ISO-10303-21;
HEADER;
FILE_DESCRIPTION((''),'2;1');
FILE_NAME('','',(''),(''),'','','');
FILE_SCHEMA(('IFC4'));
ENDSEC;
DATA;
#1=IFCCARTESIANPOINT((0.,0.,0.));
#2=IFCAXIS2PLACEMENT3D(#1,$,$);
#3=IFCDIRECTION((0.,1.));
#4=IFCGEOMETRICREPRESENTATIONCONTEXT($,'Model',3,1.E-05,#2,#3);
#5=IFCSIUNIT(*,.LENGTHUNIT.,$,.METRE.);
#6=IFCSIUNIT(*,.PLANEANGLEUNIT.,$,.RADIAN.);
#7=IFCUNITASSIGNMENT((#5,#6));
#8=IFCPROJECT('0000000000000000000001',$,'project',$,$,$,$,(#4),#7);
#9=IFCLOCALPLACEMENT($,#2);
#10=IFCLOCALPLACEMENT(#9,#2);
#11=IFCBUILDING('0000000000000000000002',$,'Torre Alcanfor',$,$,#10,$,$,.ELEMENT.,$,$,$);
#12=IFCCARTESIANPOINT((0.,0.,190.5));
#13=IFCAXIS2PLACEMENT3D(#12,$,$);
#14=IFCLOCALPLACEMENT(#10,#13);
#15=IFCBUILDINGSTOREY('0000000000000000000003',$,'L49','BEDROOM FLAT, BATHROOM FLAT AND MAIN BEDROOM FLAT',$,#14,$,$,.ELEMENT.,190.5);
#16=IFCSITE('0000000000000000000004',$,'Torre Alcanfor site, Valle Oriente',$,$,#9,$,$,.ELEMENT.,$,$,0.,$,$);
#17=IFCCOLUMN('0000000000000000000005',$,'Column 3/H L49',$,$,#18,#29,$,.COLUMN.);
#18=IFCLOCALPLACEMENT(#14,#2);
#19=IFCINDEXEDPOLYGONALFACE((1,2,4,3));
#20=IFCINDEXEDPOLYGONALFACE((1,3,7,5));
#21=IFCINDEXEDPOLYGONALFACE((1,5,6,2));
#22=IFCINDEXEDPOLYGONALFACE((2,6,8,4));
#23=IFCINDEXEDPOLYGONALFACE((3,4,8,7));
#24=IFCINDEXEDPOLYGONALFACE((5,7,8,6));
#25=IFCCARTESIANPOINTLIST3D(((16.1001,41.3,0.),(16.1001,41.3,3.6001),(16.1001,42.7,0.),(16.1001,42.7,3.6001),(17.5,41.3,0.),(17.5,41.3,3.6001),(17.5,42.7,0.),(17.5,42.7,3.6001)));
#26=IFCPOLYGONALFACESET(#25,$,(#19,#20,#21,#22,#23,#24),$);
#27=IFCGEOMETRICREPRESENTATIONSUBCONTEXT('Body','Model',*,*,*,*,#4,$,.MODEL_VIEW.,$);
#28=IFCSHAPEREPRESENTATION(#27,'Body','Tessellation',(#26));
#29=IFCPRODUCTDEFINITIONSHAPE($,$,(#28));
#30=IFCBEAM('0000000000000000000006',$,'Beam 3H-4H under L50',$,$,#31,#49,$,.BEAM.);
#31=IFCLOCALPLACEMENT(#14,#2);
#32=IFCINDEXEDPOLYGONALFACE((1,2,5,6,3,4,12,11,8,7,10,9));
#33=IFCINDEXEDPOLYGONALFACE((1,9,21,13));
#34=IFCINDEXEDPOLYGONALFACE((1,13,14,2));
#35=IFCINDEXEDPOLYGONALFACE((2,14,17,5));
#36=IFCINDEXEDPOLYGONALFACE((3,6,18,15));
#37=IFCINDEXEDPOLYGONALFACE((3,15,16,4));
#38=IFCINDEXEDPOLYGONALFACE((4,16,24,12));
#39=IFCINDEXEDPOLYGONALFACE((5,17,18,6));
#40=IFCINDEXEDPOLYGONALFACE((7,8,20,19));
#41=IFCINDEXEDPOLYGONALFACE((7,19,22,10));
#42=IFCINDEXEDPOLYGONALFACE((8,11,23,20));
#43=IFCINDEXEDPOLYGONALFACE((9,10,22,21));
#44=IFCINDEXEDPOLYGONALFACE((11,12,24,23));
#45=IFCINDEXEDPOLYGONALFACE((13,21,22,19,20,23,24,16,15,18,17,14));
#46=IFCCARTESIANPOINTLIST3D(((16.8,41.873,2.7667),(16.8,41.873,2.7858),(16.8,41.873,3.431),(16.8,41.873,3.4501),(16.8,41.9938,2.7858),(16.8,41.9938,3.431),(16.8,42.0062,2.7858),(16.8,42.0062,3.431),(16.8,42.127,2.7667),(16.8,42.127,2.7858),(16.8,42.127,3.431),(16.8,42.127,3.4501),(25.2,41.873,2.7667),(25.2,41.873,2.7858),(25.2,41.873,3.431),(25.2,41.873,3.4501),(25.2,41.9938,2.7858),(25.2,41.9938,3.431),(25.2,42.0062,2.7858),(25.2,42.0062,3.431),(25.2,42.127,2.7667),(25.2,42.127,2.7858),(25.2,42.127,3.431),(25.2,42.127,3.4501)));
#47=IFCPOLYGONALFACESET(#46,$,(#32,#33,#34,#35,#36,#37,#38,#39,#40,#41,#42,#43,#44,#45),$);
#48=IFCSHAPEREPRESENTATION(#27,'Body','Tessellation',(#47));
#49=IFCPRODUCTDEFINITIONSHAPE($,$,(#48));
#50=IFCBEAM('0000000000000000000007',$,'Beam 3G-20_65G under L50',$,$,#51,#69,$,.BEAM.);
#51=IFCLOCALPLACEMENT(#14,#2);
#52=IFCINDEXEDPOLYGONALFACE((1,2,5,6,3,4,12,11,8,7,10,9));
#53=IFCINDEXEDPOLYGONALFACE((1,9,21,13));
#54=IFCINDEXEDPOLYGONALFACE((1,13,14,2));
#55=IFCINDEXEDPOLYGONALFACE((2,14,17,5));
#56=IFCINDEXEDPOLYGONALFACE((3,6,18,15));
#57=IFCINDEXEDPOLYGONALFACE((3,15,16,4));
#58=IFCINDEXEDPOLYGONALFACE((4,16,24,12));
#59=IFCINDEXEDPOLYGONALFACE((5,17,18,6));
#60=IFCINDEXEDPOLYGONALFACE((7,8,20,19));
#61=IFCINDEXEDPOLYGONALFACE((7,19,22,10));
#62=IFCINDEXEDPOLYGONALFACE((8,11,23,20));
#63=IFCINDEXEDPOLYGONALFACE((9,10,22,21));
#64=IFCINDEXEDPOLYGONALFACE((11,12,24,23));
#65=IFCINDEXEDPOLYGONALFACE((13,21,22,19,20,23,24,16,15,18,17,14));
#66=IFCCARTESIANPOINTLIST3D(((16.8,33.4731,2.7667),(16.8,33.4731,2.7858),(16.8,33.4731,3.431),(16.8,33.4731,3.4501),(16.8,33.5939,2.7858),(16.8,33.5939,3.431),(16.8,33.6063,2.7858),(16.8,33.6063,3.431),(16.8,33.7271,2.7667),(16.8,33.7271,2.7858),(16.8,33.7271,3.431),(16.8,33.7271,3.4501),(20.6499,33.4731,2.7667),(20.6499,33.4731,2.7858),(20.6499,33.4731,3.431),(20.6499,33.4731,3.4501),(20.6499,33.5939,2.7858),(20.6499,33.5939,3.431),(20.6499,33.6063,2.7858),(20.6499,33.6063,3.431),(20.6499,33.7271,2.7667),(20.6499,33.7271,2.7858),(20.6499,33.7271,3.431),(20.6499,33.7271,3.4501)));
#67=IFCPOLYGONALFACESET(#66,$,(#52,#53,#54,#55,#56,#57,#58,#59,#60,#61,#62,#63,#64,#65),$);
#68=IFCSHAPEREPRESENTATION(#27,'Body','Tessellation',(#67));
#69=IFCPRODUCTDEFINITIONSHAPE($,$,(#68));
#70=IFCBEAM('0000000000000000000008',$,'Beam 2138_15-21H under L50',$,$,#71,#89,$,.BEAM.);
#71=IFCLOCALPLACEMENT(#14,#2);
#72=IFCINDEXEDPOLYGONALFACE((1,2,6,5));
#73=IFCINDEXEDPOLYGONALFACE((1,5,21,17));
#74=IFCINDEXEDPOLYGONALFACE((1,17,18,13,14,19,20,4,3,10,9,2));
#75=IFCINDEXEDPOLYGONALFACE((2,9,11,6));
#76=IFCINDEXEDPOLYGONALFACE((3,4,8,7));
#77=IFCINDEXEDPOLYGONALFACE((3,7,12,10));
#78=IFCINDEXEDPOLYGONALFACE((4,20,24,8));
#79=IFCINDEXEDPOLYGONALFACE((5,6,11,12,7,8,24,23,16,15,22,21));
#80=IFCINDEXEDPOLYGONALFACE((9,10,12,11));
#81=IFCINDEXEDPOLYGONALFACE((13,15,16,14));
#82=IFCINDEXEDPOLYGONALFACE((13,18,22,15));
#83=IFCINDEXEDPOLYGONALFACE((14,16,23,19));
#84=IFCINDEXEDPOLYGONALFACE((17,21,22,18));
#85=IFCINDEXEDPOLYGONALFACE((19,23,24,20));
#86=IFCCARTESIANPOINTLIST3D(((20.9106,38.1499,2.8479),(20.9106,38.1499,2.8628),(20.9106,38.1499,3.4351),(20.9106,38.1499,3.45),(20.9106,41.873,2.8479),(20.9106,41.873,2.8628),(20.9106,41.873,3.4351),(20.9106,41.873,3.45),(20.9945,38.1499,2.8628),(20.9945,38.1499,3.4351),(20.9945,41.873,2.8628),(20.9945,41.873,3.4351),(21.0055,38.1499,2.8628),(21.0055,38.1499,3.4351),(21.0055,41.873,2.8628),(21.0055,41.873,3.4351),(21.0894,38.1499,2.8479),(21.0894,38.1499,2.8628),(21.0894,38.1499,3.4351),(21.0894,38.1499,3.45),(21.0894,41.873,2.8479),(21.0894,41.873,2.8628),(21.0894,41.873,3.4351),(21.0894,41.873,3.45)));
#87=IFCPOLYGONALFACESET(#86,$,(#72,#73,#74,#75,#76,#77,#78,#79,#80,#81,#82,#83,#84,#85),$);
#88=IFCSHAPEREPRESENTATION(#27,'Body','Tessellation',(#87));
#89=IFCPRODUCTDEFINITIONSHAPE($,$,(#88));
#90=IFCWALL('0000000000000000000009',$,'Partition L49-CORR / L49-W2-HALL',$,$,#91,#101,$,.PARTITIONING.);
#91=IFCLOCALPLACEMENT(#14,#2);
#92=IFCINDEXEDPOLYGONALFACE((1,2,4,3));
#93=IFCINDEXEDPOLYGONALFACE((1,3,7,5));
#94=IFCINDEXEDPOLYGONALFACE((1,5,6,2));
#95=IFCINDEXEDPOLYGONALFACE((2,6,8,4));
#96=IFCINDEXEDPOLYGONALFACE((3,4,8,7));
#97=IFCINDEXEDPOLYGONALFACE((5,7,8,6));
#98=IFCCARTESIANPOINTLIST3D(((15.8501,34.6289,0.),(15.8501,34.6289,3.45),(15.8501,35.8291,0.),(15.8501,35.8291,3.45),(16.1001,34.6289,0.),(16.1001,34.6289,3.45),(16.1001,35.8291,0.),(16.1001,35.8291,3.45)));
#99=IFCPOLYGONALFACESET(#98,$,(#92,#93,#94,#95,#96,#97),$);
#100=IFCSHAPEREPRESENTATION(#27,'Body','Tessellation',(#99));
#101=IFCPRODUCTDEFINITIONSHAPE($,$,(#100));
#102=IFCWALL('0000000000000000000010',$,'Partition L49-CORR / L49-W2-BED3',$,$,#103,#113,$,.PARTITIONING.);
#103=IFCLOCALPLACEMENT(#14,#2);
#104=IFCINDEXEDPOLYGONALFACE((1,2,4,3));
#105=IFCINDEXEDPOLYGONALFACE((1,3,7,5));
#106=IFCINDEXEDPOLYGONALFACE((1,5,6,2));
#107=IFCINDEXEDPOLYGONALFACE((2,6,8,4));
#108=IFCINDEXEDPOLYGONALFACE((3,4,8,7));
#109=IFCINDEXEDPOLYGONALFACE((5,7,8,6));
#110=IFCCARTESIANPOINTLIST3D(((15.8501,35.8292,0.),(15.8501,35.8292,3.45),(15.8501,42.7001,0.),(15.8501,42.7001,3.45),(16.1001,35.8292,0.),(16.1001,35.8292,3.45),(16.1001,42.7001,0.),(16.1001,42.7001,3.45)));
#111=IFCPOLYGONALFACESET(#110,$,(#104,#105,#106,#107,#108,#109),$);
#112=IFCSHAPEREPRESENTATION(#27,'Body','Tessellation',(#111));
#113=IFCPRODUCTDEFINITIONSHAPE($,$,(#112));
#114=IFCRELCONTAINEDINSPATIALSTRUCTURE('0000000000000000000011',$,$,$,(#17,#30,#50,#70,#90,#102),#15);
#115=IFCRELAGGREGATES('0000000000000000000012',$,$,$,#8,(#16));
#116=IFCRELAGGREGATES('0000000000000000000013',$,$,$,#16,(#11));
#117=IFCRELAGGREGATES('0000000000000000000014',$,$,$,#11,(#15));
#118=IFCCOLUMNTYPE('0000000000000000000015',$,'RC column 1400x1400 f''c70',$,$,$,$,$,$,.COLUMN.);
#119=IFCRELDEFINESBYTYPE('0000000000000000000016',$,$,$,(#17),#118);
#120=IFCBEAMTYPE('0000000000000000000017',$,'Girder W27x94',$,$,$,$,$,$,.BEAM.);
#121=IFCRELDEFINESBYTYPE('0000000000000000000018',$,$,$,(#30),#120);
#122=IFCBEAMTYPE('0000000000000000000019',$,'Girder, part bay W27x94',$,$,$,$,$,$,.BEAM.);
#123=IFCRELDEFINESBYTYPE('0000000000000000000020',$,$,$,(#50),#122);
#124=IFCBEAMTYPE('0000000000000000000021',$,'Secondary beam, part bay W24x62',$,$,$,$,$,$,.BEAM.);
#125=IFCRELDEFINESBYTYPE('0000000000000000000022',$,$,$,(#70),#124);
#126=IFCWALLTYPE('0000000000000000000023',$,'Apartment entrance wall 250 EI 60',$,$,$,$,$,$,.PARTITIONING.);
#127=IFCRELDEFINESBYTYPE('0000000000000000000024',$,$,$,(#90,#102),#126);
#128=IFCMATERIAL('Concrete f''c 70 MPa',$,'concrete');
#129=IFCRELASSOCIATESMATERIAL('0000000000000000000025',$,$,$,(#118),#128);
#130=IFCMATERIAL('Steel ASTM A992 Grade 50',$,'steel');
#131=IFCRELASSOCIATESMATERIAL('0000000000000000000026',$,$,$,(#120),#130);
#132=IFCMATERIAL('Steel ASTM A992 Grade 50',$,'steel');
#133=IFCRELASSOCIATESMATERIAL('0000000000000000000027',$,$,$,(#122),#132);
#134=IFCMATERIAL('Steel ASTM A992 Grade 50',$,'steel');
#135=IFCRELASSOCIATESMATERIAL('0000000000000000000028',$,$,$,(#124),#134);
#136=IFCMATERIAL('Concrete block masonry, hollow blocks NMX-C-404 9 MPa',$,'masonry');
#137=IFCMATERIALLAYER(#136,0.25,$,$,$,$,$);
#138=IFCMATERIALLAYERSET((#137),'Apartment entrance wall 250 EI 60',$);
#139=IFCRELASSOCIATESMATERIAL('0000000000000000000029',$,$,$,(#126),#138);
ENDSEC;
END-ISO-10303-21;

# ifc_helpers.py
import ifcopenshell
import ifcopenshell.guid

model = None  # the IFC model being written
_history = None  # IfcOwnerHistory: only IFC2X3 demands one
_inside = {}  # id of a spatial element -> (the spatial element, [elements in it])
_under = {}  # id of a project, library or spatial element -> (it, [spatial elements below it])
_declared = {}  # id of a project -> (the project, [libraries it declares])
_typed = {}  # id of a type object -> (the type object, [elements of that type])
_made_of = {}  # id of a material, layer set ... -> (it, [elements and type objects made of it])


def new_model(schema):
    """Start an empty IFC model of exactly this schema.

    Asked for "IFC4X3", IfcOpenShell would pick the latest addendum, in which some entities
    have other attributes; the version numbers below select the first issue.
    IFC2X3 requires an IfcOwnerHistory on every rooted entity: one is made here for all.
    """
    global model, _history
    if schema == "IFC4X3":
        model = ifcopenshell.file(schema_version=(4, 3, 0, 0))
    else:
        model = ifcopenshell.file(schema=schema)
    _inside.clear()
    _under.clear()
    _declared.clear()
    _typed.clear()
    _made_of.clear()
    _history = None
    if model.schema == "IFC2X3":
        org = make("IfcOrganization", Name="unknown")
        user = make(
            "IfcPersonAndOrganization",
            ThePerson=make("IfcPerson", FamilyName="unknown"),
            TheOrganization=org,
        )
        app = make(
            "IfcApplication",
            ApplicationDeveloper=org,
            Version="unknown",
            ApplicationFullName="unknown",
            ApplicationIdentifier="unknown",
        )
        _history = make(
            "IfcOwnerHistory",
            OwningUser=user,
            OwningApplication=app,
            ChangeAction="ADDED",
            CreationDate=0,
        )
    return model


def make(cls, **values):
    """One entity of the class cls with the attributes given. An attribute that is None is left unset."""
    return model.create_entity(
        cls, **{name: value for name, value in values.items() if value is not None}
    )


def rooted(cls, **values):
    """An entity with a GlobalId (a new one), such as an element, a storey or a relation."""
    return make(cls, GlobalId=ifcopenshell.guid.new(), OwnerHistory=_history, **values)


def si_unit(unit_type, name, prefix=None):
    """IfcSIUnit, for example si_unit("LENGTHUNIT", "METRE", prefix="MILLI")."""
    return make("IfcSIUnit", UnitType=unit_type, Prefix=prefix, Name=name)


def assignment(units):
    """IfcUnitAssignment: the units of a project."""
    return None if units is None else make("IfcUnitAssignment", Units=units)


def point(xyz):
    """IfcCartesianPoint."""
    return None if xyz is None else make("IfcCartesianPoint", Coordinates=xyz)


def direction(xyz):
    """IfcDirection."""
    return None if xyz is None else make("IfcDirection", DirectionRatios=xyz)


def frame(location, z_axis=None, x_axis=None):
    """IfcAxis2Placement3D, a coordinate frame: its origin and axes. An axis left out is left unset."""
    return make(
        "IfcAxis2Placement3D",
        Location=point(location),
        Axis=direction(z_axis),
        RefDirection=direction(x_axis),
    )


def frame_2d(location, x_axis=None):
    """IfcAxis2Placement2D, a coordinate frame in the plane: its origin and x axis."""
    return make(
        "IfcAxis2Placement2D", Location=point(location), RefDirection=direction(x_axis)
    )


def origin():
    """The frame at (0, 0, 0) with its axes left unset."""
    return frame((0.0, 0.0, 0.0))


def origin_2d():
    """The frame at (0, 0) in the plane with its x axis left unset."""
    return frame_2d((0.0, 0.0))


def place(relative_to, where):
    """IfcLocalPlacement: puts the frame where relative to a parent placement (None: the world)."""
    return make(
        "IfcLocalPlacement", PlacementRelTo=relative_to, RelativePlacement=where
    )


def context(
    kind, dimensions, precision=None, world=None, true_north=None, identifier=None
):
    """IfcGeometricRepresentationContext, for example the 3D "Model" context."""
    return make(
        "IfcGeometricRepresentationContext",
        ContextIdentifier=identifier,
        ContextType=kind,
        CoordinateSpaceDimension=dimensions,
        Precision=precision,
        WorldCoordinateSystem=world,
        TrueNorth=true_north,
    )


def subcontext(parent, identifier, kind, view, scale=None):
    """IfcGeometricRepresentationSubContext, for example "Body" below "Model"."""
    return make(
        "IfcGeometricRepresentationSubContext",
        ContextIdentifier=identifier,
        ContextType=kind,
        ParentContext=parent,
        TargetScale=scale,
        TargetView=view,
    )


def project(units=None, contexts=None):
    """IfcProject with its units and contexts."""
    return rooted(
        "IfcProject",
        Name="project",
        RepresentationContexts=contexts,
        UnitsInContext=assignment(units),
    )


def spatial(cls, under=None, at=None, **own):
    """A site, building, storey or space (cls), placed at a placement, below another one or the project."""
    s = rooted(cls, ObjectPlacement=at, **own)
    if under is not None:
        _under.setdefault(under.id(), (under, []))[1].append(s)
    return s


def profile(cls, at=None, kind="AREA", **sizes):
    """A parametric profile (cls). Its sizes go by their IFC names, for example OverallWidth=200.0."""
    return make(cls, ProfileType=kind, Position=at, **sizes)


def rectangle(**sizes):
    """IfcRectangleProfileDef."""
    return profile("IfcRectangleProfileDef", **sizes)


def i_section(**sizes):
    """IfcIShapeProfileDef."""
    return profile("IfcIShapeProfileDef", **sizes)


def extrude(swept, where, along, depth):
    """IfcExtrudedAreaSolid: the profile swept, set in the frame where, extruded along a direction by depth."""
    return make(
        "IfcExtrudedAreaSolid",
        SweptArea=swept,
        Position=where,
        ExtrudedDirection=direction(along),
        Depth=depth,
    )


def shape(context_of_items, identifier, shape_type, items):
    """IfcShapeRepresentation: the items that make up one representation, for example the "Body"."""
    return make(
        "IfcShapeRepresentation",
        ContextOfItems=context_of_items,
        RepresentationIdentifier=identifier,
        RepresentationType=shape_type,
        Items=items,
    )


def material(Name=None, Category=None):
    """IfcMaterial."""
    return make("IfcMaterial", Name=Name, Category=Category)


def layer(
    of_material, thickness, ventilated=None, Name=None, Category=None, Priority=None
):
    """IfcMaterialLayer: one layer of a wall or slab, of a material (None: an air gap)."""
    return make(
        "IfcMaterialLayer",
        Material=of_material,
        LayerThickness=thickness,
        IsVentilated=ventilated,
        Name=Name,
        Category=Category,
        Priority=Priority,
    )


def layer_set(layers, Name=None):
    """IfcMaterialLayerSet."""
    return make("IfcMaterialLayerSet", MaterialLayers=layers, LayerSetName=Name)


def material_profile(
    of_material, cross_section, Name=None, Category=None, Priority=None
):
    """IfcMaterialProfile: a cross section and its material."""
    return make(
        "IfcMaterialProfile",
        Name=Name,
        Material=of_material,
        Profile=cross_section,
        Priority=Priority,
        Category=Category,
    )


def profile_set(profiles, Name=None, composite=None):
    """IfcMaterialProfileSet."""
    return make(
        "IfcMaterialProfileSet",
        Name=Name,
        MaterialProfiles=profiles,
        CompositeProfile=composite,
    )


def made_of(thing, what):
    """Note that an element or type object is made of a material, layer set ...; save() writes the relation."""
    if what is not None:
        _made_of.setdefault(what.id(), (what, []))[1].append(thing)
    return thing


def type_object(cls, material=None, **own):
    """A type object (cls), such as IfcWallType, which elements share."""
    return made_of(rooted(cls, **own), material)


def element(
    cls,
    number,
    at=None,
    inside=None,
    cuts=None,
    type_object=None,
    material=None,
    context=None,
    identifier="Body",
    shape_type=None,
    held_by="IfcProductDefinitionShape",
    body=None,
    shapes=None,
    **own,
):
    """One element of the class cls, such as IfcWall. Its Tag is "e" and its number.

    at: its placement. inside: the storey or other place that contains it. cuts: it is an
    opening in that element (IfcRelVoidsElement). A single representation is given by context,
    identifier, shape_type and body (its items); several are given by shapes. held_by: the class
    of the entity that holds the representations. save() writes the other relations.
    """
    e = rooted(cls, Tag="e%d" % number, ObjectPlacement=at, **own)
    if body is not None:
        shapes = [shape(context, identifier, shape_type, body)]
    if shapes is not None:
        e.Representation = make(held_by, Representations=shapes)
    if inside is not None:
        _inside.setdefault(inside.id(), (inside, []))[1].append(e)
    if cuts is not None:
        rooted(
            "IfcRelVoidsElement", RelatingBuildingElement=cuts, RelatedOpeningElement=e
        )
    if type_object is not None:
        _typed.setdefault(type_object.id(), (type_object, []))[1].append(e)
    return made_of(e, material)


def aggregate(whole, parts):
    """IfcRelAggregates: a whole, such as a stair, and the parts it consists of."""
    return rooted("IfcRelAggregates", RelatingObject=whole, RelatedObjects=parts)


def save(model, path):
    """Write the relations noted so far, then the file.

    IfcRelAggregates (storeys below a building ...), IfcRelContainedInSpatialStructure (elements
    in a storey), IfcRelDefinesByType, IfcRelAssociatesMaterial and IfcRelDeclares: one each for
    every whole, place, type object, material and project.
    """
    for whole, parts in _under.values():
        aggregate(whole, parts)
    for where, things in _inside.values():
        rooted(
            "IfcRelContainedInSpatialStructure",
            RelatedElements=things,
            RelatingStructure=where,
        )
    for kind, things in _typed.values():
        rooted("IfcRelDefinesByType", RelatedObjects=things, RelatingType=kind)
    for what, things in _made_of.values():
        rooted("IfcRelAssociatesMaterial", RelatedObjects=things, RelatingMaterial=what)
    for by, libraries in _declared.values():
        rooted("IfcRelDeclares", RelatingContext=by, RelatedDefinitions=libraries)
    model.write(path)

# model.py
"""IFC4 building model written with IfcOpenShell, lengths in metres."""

from ifc_helpers import new_model, si_unit, direction, frame, frame_2d, origin, origin_2d, place, context, subcontext, project, spatial, rectangle, i_section, extrude, material, layer, layer_set, material_profile, profile_set, type_object, element, save


model = new_model("IFC4")

# Units and contexts
model_context = context("Model", 3, precision=1e-05, world=origin(), true_north=direction((0.0, 1.0)))
body_context = subcontext(model_context, "Body", "Model", "MODEL_VIEW")
ifc_project = project(units=[si_unit("LENGTHUNIT", "METRE"), si_unit("PLANEANGLEUNIT", "RADIAN")], contexts=[model_context])

# Site, building, storey
site_placement = place(None, origin())
site = spatial("IfcSite", under=ifc_project, at=site_placement, Name="Torre Alcanfor site, Valle Oriente", CompositionType="ELEMENT", RefElevation=0.0)
building_placement = place(site_placement, origin())
building = spatial("IfcBuilding", under=site, at=building_placement, Name="Torre Alcanfor", CompositionType="ELEMENT")
storey_placement = place(building_placement, frame((0.0, 0.0, 190.5)))
storey = spatial("IfcBuildingStorey", under=building, at=storey_placement, Name="L49", Description="BEDROOM FLAT, BATHROOM FLAT AND MAIN BEDROOM FLAT", CompositionType="ELEMENT", Elevation=190.5)

# Column
ifc_material_1 = material(Name="Concrete f'c 70 MPa", Category="concrete")
ifc_material_profile_1 = material_profile(ifc_material_1, rectangle(XDim=1.3999, YDim=1.3999, at=origin_2d()), Name="1400x1400")
ifc_profile_set_1 = profile_set([ifc_material_profile_1], Name="Concrete f'c 70 MPa")
column_type = type_object("IfcColumnType", Name="RC column 1400x1400 f'c70", PredefinedType="COLUMN", material=ifc_profile_set_1)
column_placement = place(storey_placement, frame((16.8, 42.0, 0.0), z_axis=(0.0, 0.0, 1.0), x_axis=(1.0, 0.0, 0.0)))
element("IfcColumn", 1, at=column_placement, inside=storey, type_object=column_type, Name="Column 3/H L49", PredefinedType="COLUMN", context=body_context, shape_type="SweptSolid", body=[
    extrude(rectangle(XDim=1.3999, YDim=1.3999, at=origin_2d()), origin(), (0.0, 0.0, 1.0), 3.6001),
])

# Beams
ifc_material_2 = material(Name="Steel ASTM A992 Grade 50", Category="steel")
ifc_material_profile_2 = material_profile(ifc_material_2, i_section(OverallWidth=0.2539, OverallDepth=0.6833, WebThickness=0.0125, FlangeThickness=0.019, at=origin_2d()), Name="W27x94")
ifc_profile_set_2 = profile_set([ifc_material_profile_2], Name="Steel ASTM A992 Grade 50")
beam_type_1 = type_object("IfcBeamType", Name="Girder W27x94", PredefinedType="BEAM", material=ifc_profile_set_2)
beam_1_placement = place(storey_placement, frame((16.8, 42.0, 3.1084), z_axis=(1.0, 0.0, 0.0), x_axis=(0.0, 1.0, 0.0)))
element("IfcBeam", 2, at=beam_1_placement, inside=storey, type_object=beam_type_1, Name="Beam 3H-4H under L50", PredefinedType="BEAM", context=body_context, shape_type="SweptSolid", body=[
    extrude(i_section(OverallWidth=0.2539, OverallDepth=0.6833, WebThickness=0.0125, FlangeThickness=0.019, at=origin_2d()), origin(), (0.0, 0.0, 1.0), 8.3999),
])
ifc_material_3 = material(Name="Steel ASTM A992 Grade 50", Category="steel")
ifc_material_profile_3 = material_profile(ifc_material_3, i_section(OverallWidth=0.2539, OverallDepth=0.6833, WebThickness=0.0125, FlangeThickness=0.019, at=origin_2d()), Name="W27x94")
ifc_profile_set_3 = profile_set([ifc_material_profile_3], Name="Steel ASTM A992 Grade 50")
beam_type_2 = type_object("IfcBeamType", Name="Girder, part bay W27x94", PredefinedType="BEAM", material=ifc_profile_set_3)
beam_2_placement = place(storey_placement, frame((16.8, 33.6001, 3.1084), z_axis=(1.0, 0.0, 0.0), x_axis=(0.0, 1.0, 0.0)))
element("IfcBeam", 3, at=beam_2_placement, inside=storey, type_object=beam_type_2, Name="Beam 3G-20_65G under L50", PredefinedType="BEAM", context=body_context, shape_type="SweptSolid", body=[
    extrude(i_section(OverallWidth=0.2539, OverallDepth=0.6833, WebThickness=0.0125, FlangeThickness=0.019, at=origin_2d()), origin(), (0.0, 0.0, 1.0), 3.8499),
])
ifc_material_4 = material(Name="Steel ASTM A992 Grade 50", Category="steel")
ifc_material_profile_4 = material_profile(ifc_material_4, i_section(OverallWidth=0.1787, OverallDepth=0.6021, WebThickness=0.011, FlangeThickness=0.0149, at=origin_2d()), Name="W24x62")
ifc_profile_set_4 = profile_set([ifc_material_profile_4], Name="Steel ASTM A992 Grade 50")
beam_type_3 = type_object("IfcBeamType", Name="Secondary beam, part bay W24x62", PredefinedType="BEAM", material=ifc_profile_set_4)
beam_3_placement = place(storey_placement, frame((21.0, 38.1499, 3.1489), z_axis=(0.0, 1.0, 0.0), x_axis=(-1.0, 0.0, 0.0)))
element("IfcBeam", 4, at=beam_3_placement, inside=storey, type_object=beam_type_3, Name="Beam 2138_15-21H under L50", PredefinedType="BEAM", context=body_context, shape_type="SweptSolid", body=[
    extrude(i_section(OverallWidth=0.1787, OverallDepth=0.6021, WebThickness=0.011, FlangeThickness=0.0149, at=origin_2d()), origin(), (0.0, 0.0, 1.0), 3.7231),
])

# Walls
ifc_material_5 = material(Name="Concrete block masonry, hollow blocks NMX-C-404 9 MPa", Category="masonry")
ifc_layer_1 = layer(ifc_material_5, 0.25)
ifc_layer_set_1 = layer_set([ifc_layer_1], Name="Apartment entrance wall 250 EI 60")
wall_type_1 = type_object("IfcWallType", Name="Apartment entrance wall 250 EI 60", PredefinedType="PARTITIONING", material=ifc_layer_set_1)
wall_1_placement = place(storey_placement, frame((15.9751, 34.6289, 0.0), z_axis=(0.0, 0.0, 1.0), x_axis=(0.0, 1.0, 0.0)))
element("IfcWall", 5, at=wall_1_placement, inside=storey, type_object=wall_type_1, Name="Partition L49-CORR / L49-W2-HALL", PredefinedType="PARTITIONING", context=body_context, shape_type="SweptSolid", body=[
    extrude(rectangle(XDim=1.2002, YDim=0.25, at=frame_2d((0.6001, 0.0))), origin(), (0.0, 0.0, 1.0), 3.45),
])
wall_2_placement = place(storey_placement, frame((15.9751, 35.8291, 0.0), z_axis=(0.0, 0.0, 1.0), x_axis=(0.0, 1.0, 0.0)))
element("IfcWall", 6, at=wall_2_placement, inside=storey, type_object=wall_type_1, Name="Partition L49-CORR / L49-W2-BED3", PredefinedType="PARTITIONING", context=body_context, shape_type="SweptSolid", body=[
    extrude(rectangle(XDim=6.8708, YDim=0.25, at=frame_2d((3.4355, 0.0))), origin(), (0.0, 0.0, 1.0), 3.45),
])

save(model, "model.ifc")
